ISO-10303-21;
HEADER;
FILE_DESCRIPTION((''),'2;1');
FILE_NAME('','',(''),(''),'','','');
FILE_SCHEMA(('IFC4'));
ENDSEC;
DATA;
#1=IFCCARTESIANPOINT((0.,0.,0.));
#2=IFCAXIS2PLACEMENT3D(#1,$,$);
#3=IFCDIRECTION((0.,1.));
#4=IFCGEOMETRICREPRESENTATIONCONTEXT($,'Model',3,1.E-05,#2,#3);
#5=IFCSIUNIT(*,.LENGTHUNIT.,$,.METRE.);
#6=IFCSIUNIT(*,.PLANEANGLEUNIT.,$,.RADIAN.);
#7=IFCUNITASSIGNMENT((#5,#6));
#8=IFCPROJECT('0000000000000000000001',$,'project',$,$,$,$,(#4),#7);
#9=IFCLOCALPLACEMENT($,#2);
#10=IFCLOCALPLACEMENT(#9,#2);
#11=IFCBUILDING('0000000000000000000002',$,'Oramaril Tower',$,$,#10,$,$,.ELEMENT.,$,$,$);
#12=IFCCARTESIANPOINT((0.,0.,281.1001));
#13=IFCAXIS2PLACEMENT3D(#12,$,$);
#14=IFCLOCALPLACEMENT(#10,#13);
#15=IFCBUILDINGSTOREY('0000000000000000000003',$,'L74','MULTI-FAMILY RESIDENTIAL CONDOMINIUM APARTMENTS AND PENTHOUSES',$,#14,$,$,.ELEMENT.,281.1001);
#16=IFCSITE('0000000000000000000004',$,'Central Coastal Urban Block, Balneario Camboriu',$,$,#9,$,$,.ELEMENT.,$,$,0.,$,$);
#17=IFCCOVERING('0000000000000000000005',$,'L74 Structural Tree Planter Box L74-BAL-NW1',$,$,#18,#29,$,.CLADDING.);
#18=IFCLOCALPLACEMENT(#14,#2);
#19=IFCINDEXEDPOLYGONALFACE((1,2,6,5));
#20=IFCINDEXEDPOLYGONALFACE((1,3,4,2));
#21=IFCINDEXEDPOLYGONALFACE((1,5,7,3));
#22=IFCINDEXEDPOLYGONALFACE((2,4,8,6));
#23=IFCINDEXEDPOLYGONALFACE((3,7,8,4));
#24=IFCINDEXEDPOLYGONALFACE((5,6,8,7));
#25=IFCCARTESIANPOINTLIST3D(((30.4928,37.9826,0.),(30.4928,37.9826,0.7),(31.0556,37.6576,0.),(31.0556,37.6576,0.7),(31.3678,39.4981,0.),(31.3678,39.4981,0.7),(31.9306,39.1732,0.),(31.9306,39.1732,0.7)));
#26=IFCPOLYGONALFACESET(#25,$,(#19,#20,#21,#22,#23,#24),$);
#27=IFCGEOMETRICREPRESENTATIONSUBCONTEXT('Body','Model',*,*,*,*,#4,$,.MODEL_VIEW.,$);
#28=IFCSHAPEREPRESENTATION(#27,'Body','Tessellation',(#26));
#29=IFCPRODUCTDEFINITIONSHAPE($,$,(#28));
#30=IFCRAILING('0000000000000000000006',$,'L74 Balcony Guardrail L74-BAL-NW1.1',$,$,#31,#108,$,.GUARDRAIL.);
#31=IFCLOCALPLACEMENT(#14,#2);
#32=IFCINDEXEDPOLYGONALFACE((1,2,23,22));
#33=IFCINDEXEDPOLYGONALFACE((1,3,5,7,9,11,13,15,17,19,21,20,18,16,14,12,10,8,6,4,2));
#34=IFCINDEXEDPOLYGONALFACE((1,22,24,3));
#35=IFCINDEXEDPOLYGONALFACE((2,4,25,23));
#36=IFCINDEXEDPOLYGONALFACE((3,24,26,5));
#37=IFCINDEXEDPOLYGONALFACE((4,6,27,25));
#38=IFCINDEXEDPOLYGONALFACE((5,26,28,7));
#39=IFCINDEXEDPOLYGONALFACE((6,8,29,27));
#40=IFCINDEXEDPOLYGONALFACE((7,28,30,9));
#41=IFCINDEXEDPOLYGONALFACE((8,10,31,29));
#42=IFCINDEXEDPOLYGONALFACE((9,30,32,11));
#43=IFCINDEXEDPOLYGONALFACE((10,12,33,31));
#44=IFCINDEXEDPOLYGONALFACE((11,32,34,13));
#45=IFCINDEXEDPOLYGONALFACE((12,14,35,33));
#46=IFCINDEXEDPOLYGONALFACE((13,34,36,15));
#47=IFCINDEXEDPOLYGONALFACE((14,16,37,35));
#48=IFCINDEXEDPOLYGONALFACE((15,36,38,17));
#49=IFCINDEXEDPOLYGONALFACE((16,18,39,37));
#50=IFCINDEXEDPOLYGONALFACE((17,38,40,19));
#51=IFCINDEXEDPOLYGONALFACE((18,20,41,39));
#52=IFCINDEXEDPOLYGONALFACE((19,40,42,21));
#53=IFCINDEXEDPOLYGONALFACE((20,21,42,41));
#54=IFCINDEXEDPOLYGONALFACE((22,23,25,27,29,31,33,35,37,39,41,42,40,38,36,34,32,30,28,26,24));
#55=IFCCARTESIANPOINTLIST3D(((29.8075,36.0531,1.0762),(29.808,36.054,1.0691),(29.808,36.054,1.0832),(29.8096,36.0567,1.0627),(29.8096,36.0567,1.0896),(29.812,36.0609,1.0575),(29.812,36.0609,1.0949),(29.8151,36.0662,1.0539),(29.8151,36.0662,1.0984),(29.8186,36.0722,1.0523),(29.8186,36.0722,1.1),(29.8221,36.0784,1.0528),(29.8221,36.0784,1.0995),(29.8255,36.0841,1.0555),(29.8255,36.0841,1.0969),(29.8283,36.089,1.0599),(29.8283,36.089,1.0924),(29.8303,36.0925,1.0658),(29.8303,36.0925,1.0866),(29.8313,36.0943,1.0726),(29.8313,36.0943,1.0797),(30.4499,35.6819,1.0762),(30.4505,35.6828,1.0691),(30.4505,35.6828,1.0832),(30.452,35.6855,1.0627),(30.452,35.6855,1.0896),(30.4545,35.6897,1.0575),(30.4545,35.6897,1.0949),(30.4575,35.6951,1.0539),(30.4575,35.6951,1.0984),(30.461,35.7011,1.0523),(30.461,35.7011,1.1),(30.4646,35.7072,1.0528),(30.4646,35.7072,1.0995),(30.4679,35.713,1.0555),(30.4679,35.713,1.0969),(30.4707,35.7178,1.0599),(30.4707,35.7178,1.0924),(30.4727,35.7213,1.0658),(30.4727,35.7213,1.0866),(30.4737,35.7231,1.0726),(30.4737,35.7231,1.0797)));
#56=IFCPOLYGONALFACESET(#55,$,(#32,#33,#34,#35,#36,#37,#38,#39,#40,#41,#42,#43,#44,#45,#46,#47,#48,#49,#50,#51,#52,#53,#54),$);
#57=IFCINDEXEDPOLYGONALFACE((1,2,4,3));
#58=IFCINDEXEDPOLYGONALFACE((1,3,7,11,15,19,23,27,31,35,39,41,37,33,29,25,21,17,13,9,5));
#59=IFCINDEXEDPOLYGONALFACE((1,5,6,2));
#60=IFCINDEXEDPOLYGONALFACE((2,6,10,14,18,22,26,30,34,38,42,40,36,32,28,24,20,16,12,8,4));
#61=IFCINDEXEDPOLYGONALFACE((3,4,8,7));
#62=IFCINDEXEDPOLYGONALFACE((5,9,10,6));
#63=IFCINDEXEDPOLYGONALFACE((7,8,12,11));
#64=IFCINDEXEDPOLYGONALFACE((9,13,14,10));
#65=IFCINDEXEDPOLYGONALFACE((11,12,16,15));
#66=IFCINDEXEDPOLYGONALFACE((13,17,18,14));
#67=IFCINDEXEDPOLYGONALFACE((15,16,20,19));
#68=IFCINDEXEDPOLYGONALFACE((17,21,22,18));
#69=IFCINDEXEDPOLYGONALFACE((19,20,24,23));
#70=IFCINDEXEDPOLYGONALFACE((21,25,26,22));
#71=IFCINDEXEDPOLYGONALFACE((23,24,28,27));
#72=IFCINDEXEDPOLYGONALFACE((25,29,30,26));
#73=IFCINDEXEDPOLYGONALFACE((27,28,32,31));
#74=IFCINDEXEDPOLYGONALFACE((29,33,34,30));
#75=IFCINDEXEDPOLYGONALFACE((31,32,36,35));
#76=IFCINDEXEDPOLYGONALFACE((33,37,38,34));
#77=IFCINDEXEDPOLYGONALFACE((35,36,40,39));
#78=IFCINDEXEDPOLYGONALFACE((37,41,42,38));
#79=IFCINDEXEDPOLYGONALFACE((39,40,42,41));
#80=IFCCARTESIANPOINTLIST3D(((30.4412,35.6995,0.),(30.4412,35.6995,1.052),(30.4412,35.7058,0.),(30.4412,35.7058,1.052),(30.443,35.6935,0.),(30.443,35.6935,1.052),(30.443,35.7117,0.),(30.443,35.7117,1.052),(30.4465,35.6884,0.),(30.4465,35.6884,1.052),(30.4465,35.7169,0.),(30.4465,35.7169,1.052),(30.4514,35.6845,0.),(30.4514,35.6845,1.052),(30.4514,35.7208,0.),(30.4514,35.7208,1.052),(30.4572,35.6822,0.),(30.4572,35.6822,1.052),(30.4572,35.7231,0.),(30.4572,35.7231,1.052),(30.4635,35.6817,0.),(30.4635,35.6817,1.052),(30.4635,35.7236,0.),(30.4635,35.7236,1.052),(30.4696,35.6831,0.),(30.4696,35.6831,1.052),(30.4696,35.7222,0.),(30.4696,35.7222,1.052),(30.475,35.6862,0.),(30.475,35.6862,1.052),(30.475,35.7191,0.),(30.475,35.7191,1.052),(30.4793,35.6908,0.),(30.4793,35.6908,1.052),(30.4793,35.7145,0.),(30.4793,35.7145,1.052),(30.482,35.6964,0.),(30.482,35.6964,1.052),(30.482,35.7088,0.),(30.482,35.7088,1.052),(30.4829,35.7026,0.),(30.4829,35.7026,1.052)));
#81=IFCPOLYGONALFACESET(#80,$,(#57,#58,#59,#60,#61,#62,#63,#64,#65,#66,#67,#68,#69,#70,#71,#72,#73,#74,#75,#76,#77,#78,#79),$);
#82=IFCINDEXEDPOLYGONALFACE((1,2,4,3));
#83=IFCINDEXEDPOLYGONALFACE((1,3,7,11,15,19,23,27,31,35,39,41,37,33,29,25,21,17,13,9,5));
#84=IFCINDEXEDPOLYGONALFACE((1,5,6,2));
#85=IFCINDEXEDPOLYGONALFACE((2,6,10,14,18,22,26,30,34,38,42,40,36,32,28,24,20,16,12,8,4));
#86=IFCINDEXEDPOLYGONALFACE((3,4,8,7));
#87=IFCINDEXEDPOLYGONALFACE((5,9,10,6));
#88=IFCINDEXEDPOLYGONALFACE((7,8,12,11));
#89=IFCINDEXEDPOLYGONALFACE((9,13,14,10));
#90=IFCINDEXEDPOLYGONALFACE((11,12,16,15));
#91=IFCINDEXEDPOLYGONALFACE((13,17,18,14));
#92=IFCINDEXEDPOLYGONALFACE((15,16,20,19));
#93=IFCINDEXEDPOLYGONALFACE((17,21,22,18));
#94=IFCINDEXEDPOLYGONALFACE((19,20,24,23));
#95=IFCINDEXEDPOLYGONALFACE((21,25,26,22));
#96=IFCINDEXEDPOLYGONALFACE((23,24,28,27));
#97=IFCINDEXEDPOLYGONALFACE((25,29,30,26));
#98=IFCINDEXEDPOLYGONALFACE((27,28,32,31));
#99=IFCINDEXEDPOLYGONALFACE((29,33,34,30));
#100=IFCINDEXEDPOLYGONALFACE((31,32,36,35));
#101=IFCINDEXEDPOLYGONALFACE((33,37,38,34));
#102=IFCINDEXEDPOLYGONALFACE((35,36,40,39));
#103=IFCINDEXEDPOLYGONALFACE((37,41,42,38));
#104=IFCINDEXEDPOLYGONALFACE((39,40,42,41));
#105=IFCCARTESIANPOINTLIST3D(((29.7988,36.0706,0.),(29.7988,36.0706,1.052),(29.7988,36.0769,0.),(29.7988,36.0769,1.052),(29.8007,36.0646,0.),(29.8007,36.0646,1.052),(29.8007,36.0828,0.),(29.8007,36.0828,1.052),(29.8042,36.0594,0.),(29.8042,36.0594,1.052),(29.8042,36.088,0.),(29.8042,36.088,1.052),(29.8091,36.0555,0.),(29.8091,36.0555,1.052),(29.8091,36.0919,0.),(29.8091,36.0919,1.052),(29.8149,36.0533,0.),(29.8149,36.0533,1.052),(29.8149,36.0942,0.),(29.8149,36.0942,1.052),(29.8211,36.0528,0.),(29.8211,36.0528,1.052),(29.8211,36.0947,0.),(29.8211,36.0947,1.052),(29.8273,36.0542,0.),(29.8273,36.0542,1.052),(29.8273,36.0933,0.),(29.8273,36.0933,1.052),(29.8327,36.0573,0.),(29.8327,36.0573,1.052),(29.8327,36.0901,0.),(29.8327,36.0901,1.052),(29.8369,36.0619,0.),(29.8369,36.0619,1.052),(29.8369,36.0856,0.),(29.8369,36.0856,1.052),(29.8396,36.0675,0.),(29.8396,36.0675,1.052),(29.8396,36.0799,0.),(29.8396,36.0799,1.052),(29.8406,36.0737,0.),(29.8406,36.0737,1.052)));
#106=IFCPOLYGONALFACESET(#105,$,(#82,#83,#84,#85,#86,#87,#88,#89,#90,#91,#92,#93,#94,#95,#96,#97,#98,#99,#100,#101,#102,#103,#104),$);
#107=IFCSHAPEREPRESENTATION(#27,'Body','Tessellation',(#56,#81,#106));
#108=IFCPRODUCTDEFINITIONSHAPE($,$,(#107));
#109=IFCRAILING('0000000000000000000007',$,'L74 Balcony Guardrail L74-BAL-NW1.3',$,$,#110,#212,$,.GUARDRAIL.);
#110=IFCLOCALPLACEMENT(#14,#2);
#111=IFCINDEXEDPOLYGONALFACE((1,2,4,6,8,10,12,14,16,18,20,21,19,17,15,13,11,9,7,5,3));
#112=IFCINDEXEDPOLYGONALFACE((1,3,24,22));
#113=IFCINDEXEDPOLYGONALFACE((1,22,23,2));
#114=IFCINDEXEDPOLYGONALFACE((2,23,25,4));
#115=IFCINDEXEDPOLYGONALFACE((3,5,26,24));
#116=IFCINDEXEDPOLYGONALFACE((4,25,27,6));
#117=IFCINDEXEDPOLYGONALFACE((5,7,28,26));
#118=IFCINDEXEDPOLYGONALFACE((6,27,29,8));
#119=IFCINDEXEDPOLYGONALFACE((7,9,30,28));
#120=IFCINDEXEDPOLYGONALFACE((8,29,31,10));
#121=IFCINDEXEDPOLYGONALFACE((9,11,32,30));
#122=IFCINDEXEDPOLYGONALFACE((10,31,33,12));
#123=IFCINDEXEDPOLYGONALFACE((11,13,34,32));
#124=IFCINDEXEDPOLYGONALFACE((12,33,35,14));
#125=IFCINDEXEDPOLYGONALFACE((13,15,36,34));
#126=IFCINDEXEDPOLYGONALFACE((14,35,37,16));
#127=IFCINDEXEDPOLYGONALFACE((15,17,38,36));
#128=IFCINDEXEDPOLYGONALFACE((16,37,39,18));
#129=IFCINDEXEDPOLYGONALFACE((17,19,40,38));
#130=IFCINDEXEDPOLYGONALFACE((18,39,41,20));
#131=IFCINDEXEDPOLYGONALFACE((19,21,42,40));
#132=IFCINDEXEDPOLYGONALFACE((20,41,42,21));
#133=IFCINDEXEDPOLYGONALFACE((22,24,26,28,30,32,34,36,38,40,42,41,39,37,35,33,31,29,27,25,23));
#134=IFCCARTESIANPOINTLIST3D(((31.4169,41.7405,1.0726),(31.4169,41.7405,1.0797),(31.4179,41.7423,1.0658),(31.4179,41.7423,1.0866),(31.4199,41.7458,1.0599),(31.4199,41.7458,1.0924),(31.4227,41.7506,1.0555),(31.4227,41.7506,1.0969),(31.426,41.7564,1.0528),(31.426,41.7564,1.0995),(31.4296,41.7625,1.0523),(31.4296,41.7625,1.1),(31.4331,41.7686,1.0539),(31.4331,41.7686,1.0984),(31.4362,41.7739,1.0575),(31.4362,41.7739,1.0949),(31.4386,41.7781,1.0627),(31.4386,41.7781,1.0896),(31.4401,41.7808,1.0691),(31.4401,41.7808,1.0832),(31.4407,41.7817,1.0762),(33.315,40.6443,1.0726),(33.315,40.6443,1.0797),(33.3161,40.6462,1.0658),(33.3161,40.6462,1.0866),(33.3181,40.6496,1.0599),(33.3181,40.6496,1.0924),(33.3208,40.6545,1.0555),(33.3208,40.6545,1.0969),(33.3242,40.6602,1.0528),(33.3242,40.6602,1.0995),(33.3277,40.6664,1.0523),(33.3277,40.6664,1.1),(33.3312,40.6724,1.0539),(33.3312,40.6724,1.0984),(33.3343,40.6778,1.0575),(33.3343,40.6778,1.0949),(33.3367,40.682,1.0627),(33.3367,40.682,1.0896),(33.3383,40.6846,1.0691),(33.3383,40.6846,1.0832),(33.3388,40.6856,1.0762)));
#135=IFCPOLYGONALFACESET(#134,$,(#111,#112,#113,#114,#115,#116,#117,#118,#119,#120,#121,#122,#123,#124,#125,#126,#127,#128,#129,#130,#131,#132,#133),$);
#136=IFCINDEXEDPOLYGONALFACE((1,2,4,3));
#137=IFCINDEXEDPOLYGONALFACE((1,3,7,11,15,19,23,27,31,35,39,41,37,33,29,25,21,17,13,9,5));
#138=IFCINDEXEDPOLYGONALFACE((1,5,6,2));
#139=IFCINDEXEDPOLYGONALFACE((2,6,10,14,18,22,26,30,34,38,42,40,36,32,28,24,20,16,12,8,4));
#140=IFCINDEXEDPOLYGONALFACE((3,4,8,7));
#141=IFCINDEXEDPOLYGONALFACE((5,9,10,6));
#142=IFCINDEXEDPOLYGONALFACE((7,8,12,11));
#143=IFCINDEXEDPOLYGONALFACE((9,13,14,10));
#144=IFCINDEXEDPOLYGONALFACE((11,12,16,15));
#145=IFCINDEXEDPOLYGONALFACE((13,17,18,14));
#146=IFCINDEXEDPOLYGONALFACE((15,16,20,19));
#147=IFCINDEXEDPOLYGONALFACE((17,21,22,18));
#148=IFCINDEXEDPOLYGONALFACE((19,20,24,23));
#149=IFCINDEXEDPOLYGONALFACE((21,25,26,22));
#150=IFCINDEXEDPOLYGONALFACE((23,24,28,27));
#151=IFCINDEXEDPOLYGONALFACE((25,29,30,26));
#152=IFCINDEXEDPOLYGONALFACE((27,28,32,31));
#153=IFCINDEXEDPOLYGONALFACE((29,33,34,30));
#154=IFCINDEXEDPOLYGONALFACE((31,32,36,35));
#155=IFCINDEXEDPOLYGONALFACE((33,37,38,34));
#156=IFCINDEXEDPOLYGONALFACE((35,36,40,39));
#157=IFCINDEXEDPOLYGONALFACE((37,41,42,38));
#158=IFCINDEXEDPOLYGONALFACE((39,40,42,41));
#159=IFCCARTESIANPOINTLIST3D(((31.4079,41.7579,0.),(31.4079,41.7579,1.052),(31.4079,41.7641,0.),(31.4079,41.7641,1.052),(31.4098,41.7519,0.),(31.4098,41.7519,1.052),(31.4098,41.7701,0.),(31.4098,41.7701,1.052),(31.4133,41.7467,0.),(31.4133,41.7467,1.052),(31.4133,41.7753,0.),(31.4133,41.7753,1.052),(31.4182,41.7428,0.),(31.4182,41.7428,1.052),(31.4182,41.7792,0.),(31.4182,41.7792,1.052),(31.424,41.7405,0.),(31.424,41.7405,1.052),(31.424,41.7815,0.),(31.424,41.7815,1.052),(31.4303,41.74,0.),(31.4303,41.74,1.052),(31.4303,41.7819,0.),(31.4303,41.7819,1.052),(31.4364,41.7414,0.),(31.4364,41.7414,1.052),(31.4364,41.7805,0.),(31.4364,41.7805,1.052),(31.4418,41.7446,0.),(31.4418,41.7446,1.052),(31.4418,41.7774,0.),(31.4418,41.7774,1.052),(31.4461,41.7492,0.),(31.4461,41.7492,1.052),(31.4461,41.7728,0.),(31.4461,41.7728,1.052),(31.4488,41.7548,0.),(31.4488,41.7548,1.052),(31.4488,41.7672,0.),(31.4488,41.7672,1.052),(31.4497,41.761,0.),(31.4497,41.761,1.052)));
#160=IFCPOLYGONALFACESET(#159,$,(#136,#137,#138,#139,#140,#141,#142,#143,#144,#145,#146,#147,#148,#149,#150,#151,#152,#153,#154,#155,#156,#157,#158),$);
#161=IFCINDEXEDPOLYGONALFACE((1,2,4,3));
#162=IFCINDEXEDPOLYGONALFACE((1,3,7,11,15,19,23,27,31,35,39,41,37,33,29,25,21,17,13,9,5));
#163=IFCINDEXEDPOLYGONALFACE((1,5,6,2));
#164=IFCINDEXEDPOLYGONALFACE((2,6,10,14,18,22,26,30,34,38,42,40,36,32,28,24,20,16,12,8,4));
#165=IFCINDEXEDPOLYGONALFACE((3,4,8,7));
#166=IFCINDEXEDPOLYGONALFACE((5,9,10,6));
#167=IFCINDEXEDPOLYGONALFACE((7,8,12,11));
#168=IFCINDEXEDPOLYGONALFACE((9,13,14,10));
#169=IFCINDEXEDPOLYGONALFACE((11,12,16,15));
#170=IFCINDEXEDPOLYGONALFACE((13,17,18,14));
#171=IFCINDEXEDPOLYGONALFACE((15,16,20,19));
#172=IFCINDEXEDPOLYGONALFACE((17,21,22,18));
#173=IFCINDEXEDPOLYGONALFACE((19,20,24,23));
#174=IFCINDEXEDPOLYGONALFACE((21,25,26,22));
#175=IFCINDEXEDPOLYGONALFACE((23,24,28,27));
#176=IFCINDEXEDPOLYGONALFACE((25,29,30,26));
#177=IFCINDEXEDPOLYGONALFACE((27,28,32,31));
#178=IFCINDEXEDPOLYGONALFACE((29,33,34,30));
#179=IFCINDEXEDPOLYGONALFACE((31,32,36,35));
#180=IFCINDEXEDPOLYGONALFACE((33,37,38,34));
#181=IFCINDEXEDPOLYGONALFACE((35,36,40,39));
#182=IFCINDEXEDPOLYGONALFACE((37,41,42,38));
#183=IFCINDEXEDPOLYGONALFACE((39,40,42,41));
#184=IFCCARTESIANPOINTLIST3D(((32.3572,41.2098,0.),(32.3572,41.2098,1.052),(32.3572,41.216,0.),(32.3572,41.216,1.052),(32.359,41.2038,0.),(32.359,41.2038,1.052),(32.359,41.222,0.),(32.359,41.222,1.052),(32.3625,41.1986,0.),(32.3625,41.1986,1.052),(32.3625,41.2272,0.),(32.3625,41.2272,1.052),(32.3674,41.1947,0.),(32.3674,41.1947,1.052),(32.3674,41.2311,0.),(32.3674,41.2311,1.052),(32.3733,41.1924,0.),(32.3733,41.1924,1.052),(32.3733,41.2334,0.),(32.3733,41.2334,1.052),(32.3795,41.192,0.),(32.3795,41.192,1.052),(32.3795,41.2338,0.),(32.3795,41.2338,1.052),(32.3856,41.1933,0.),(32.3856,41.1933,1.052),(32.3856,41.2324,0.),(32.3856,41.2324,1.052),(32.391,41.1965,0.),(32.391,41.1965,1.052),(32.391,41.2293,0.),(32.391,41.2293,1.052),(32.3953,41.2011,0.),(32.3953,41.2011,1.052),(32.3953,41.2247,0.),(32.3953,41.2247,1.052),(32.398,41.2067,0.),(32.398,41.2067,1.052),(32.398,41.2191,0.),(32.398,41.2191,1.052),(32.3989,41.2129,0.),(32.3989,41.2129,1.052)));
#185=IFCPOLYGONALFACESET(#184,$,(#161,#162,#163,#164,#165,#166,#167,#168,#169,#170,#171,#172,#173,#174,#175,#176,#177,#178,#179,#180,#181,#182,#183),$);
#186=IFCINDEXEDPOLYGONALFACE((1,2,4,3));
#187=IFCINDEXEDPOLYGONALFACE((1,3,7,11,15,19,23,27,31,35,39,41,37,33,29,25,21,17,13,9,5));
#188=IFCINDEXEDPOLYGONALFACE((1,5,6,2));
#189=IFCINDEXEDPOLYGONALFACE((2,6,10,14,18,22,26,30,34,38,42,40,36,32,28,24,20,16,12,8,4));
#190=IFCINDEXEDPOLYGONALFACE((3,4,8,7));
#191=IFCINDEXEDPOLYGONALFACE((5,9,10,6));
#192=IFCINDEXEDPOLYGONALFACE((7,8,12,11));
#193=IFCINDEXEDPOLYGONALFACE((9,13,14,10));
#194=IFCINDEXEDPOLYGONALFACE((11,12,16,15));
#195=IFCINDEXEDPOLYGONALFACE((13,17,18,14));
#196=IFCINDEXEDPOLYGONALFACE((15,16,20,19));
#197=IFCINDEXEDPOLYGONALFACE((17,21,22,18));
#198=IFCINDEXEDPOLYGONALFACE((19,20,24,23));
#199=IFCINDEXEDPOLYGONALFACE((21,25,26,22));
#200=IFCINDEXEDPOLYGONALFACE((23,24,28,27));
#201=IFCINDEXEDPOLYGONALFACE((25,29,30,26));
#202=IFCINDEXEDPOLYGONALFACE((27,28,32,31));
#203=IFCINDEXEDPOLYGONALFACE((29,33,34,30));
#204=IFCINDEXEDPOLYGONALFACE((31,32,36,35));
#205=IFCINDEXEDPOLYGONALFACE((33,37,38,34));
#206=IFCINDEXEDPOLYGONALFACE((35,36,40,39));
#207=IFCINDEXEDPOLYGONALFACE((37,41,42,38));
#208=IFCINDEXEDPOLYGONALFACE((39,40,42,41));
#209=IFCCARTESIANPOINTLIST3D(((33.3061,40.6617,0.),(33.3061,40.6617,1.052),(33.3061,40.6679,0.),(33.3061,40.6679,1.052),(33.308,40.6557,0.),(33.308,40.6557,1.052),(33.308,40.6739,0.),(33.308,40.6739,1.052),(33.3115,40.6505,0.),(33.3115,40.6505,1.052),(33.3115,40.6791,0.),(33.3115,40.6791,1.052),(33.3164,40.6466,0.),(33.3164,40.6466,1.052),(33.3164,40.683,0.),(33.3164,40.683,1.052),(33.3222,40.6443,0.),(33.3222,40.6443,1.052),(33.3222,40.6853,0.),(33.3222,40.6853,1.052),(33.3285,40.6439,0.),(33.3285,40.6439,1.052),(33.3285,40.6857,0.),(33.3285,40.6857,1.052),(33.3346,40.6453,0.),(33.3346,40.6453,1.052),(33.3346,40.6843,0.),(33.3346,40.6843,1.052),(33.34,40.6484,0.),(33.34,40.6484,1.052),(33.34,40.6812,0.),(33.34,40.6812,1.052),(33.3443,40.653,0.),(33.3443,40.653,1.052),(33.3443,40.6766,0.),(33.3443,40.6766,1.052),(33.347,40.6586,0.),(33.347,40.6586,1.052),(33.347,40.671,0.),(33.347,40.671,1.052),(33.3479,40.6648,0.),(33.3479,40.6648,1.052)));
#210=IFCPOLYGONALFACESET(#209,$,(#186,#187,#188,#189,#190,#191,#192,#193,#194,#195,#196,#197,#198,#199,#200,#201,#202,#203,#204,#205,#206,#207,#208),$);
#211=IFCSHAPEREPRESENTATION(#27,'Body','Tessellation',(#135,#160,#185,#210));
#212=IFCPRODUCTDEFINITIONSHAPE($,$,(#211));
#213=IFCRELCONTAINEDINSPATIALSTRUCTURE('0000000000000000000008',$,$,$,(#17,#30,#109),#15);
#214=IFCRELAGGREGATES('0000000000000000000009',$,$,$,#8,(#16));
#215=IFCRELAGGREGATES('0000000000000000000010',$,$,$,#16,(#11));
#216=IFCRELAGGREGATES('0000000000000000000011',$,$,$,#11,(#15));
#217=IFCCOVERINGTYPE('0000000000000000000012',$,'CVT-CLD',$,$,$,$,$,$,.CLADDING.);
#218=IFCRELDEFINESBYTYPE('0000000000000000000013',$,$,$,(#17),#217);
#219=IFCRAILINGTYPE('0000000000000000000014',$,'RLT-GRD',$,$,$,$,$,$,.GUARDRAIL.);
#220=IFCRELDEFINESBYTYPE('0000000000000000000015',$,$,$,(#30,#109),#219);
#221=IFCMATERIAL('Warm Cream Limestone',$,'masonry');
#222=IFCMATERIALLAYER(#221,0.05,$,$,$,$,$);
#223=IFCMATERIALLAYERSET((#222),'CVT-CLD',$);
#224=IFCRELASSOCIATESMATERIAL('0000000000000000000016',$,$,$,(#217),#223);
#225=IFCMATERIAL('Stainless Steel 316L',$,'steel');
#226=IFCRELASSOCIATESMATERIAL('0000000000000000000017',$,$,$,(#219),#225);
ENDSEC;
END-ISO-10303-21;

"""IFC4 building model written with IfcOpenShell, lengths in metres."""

from ifc_helpers import new_model, si_unit, direction, frame, origin, origin_2d, place, context, subcontext, project, spatial, rectangle, circle, extrude, material, layer, layer_set, type_object, element, save


model = new_model("IFC4")

# Units and contexts
model_context = context("Model", 3, precision=1e-05, world=origin(), true_north=direction((0.0, 1.0)))
body_context = subcontext(model_context, "Body", "Model", "MODEL_VIEW")
ifc_project = project(units=[si_unit("LENGTHUNIT", "METRE"), si_unit("PLANEANGLEUNIT", "RADIAN")], contexts=[model_context])

# Site, building, storey
site_placement = place(None, origin())
site = spatial("IfcSite", under=ifc_project, at=site_placement, Name="Central Coastal Urban Block, Balneario Camboriu", CompositionType="ELEMENT", RefElevation=0.0)
building_placement = place(site_placement, origin())
building = spatial("IfcBuilding", under=site, at=building_placement, Name="Oramaril Tower", CompositionType="ELEMENT")
storey_placement = place(building_placement, frame((0.0, 0.0, 281.1001)))
storey = spatial("IfcBuildingStorey", under=building, at=storey_placement, Name="L74", Description="MULTI-FAMILY RESIDENTIAL CONDOMINIUM APARTMENTS AND PENTHOUSES", CompositionType="ELEMENT", Elevation=281.1001)

# Covering
ifc_material_1 = material(Name="Warm Cream Limestone", Category="masonry")
ifc_layer_1 = layer(ifc_material_1, 0.05)
ifc_layer_set_1 = layer_set([ifc_layer_1], Name="CVT-CLD")
covering_type = type_object("IfcCoveringType", Name="CVT-CLD", PredefinedType="CLADDING", material=ifc_layer_set_1)
covering_1_placement = place(storey_placement, frame((31.2117, 38.5779, 0.0), z_axis=(0.0, 0.0, 1.0), x_axis=(-0.5, -0.866025, 0.0)))
element("IfcCovering", 1, at=covering_1_placement, inside=storey, type_object=covering_type, Name="L74 Structural Tree Planter Box L74-BAL-NW1", PredefinedType="CLADDING", context=body_context, shape_type="SweptSolid", body=[
    extrude(rectangle(XDim=1.75, YDim=0.6499, at=origin_2d()), origin(), (0.0, 0.0, 1.0), 0.7),
])

# Railings
ifc_material_2 = material(Name="Stainless Steel 316L", Category="steel")
railing_type = type_object("IfcRailingType", Name="RLT-GRD", PredefinedType="GUARDRAIL", material=ifc_material_2)
railing_1_placement = place(storey_placement, frame((30.4619, 35.7026, 0.0)))
element("IfcRailing", 2, at=railing_1_placement, inside=storey, type_object=railing_type, Name="L74 Balcony Guardrail L74-BAL-NW1.1", PredefinedType="GUARDRAIL", context=body_context, shape_type="SweptSolid", body=[
    extrude(circle(Radius=0.0239, at=origin_2d()), frame((0.0, 0.0, 1.0762), z_axis=(-0.865884, 0.500245, 0.0), x_axis=(-0.500245, -0.865884, 0.0)), (0.0, 0.0, 1.0), 0.7419),
    extrude(circle(Radius=0.021, at=origin_2d()), origin(), (0.0, 0.0, 1.0), 1.052),
    extrude(circle(Radius=0.021, at=origin_2d()), frame((-0.6423, 0.3711, 0.0)), (0.0, 0.0, 1.0), 1.052),
])
railing_2_placement = place(storey_placement, frame((31.4287, 41.761, 0.0)))
element("IfcRailing", 3, at=railing_2_placement, inside=storey, type_object=railing_type, Name="L74 Balcony Guardrail L74-BAL-NW1.3", PredefinedType="GUARDRAIL", context=body_context, shape_type="SweptSolid", body=[
    extrude(circle(Radius=0.0239, at=origin_2d()), frame((0.0, 0.0, 1.0762), z_axis=(0.865972, -0.500092, 0.0), x_axis=(0.500092, 0.865972, 0.0)), (0.0, 0.0, 1.0), 2.1919),
    extrude(circle(Radius=0.021, at=origin_2d()), origin(), (0.0, 0.0, 1.0), 1.052),
    extrude(circle(Radius=0.021, at=origin_2d()), frame((0.9492, -0.5481, 0.0)), (0.0, 0.0, 1.0), 1.052),
    extrude(circle(Radius=0.021, at=origin_2d()), frame((1.8982, -1.0962, 0.0)), (0.0, 0.0, 1.0), 1.052),
])

save(model, "model.ifc")
